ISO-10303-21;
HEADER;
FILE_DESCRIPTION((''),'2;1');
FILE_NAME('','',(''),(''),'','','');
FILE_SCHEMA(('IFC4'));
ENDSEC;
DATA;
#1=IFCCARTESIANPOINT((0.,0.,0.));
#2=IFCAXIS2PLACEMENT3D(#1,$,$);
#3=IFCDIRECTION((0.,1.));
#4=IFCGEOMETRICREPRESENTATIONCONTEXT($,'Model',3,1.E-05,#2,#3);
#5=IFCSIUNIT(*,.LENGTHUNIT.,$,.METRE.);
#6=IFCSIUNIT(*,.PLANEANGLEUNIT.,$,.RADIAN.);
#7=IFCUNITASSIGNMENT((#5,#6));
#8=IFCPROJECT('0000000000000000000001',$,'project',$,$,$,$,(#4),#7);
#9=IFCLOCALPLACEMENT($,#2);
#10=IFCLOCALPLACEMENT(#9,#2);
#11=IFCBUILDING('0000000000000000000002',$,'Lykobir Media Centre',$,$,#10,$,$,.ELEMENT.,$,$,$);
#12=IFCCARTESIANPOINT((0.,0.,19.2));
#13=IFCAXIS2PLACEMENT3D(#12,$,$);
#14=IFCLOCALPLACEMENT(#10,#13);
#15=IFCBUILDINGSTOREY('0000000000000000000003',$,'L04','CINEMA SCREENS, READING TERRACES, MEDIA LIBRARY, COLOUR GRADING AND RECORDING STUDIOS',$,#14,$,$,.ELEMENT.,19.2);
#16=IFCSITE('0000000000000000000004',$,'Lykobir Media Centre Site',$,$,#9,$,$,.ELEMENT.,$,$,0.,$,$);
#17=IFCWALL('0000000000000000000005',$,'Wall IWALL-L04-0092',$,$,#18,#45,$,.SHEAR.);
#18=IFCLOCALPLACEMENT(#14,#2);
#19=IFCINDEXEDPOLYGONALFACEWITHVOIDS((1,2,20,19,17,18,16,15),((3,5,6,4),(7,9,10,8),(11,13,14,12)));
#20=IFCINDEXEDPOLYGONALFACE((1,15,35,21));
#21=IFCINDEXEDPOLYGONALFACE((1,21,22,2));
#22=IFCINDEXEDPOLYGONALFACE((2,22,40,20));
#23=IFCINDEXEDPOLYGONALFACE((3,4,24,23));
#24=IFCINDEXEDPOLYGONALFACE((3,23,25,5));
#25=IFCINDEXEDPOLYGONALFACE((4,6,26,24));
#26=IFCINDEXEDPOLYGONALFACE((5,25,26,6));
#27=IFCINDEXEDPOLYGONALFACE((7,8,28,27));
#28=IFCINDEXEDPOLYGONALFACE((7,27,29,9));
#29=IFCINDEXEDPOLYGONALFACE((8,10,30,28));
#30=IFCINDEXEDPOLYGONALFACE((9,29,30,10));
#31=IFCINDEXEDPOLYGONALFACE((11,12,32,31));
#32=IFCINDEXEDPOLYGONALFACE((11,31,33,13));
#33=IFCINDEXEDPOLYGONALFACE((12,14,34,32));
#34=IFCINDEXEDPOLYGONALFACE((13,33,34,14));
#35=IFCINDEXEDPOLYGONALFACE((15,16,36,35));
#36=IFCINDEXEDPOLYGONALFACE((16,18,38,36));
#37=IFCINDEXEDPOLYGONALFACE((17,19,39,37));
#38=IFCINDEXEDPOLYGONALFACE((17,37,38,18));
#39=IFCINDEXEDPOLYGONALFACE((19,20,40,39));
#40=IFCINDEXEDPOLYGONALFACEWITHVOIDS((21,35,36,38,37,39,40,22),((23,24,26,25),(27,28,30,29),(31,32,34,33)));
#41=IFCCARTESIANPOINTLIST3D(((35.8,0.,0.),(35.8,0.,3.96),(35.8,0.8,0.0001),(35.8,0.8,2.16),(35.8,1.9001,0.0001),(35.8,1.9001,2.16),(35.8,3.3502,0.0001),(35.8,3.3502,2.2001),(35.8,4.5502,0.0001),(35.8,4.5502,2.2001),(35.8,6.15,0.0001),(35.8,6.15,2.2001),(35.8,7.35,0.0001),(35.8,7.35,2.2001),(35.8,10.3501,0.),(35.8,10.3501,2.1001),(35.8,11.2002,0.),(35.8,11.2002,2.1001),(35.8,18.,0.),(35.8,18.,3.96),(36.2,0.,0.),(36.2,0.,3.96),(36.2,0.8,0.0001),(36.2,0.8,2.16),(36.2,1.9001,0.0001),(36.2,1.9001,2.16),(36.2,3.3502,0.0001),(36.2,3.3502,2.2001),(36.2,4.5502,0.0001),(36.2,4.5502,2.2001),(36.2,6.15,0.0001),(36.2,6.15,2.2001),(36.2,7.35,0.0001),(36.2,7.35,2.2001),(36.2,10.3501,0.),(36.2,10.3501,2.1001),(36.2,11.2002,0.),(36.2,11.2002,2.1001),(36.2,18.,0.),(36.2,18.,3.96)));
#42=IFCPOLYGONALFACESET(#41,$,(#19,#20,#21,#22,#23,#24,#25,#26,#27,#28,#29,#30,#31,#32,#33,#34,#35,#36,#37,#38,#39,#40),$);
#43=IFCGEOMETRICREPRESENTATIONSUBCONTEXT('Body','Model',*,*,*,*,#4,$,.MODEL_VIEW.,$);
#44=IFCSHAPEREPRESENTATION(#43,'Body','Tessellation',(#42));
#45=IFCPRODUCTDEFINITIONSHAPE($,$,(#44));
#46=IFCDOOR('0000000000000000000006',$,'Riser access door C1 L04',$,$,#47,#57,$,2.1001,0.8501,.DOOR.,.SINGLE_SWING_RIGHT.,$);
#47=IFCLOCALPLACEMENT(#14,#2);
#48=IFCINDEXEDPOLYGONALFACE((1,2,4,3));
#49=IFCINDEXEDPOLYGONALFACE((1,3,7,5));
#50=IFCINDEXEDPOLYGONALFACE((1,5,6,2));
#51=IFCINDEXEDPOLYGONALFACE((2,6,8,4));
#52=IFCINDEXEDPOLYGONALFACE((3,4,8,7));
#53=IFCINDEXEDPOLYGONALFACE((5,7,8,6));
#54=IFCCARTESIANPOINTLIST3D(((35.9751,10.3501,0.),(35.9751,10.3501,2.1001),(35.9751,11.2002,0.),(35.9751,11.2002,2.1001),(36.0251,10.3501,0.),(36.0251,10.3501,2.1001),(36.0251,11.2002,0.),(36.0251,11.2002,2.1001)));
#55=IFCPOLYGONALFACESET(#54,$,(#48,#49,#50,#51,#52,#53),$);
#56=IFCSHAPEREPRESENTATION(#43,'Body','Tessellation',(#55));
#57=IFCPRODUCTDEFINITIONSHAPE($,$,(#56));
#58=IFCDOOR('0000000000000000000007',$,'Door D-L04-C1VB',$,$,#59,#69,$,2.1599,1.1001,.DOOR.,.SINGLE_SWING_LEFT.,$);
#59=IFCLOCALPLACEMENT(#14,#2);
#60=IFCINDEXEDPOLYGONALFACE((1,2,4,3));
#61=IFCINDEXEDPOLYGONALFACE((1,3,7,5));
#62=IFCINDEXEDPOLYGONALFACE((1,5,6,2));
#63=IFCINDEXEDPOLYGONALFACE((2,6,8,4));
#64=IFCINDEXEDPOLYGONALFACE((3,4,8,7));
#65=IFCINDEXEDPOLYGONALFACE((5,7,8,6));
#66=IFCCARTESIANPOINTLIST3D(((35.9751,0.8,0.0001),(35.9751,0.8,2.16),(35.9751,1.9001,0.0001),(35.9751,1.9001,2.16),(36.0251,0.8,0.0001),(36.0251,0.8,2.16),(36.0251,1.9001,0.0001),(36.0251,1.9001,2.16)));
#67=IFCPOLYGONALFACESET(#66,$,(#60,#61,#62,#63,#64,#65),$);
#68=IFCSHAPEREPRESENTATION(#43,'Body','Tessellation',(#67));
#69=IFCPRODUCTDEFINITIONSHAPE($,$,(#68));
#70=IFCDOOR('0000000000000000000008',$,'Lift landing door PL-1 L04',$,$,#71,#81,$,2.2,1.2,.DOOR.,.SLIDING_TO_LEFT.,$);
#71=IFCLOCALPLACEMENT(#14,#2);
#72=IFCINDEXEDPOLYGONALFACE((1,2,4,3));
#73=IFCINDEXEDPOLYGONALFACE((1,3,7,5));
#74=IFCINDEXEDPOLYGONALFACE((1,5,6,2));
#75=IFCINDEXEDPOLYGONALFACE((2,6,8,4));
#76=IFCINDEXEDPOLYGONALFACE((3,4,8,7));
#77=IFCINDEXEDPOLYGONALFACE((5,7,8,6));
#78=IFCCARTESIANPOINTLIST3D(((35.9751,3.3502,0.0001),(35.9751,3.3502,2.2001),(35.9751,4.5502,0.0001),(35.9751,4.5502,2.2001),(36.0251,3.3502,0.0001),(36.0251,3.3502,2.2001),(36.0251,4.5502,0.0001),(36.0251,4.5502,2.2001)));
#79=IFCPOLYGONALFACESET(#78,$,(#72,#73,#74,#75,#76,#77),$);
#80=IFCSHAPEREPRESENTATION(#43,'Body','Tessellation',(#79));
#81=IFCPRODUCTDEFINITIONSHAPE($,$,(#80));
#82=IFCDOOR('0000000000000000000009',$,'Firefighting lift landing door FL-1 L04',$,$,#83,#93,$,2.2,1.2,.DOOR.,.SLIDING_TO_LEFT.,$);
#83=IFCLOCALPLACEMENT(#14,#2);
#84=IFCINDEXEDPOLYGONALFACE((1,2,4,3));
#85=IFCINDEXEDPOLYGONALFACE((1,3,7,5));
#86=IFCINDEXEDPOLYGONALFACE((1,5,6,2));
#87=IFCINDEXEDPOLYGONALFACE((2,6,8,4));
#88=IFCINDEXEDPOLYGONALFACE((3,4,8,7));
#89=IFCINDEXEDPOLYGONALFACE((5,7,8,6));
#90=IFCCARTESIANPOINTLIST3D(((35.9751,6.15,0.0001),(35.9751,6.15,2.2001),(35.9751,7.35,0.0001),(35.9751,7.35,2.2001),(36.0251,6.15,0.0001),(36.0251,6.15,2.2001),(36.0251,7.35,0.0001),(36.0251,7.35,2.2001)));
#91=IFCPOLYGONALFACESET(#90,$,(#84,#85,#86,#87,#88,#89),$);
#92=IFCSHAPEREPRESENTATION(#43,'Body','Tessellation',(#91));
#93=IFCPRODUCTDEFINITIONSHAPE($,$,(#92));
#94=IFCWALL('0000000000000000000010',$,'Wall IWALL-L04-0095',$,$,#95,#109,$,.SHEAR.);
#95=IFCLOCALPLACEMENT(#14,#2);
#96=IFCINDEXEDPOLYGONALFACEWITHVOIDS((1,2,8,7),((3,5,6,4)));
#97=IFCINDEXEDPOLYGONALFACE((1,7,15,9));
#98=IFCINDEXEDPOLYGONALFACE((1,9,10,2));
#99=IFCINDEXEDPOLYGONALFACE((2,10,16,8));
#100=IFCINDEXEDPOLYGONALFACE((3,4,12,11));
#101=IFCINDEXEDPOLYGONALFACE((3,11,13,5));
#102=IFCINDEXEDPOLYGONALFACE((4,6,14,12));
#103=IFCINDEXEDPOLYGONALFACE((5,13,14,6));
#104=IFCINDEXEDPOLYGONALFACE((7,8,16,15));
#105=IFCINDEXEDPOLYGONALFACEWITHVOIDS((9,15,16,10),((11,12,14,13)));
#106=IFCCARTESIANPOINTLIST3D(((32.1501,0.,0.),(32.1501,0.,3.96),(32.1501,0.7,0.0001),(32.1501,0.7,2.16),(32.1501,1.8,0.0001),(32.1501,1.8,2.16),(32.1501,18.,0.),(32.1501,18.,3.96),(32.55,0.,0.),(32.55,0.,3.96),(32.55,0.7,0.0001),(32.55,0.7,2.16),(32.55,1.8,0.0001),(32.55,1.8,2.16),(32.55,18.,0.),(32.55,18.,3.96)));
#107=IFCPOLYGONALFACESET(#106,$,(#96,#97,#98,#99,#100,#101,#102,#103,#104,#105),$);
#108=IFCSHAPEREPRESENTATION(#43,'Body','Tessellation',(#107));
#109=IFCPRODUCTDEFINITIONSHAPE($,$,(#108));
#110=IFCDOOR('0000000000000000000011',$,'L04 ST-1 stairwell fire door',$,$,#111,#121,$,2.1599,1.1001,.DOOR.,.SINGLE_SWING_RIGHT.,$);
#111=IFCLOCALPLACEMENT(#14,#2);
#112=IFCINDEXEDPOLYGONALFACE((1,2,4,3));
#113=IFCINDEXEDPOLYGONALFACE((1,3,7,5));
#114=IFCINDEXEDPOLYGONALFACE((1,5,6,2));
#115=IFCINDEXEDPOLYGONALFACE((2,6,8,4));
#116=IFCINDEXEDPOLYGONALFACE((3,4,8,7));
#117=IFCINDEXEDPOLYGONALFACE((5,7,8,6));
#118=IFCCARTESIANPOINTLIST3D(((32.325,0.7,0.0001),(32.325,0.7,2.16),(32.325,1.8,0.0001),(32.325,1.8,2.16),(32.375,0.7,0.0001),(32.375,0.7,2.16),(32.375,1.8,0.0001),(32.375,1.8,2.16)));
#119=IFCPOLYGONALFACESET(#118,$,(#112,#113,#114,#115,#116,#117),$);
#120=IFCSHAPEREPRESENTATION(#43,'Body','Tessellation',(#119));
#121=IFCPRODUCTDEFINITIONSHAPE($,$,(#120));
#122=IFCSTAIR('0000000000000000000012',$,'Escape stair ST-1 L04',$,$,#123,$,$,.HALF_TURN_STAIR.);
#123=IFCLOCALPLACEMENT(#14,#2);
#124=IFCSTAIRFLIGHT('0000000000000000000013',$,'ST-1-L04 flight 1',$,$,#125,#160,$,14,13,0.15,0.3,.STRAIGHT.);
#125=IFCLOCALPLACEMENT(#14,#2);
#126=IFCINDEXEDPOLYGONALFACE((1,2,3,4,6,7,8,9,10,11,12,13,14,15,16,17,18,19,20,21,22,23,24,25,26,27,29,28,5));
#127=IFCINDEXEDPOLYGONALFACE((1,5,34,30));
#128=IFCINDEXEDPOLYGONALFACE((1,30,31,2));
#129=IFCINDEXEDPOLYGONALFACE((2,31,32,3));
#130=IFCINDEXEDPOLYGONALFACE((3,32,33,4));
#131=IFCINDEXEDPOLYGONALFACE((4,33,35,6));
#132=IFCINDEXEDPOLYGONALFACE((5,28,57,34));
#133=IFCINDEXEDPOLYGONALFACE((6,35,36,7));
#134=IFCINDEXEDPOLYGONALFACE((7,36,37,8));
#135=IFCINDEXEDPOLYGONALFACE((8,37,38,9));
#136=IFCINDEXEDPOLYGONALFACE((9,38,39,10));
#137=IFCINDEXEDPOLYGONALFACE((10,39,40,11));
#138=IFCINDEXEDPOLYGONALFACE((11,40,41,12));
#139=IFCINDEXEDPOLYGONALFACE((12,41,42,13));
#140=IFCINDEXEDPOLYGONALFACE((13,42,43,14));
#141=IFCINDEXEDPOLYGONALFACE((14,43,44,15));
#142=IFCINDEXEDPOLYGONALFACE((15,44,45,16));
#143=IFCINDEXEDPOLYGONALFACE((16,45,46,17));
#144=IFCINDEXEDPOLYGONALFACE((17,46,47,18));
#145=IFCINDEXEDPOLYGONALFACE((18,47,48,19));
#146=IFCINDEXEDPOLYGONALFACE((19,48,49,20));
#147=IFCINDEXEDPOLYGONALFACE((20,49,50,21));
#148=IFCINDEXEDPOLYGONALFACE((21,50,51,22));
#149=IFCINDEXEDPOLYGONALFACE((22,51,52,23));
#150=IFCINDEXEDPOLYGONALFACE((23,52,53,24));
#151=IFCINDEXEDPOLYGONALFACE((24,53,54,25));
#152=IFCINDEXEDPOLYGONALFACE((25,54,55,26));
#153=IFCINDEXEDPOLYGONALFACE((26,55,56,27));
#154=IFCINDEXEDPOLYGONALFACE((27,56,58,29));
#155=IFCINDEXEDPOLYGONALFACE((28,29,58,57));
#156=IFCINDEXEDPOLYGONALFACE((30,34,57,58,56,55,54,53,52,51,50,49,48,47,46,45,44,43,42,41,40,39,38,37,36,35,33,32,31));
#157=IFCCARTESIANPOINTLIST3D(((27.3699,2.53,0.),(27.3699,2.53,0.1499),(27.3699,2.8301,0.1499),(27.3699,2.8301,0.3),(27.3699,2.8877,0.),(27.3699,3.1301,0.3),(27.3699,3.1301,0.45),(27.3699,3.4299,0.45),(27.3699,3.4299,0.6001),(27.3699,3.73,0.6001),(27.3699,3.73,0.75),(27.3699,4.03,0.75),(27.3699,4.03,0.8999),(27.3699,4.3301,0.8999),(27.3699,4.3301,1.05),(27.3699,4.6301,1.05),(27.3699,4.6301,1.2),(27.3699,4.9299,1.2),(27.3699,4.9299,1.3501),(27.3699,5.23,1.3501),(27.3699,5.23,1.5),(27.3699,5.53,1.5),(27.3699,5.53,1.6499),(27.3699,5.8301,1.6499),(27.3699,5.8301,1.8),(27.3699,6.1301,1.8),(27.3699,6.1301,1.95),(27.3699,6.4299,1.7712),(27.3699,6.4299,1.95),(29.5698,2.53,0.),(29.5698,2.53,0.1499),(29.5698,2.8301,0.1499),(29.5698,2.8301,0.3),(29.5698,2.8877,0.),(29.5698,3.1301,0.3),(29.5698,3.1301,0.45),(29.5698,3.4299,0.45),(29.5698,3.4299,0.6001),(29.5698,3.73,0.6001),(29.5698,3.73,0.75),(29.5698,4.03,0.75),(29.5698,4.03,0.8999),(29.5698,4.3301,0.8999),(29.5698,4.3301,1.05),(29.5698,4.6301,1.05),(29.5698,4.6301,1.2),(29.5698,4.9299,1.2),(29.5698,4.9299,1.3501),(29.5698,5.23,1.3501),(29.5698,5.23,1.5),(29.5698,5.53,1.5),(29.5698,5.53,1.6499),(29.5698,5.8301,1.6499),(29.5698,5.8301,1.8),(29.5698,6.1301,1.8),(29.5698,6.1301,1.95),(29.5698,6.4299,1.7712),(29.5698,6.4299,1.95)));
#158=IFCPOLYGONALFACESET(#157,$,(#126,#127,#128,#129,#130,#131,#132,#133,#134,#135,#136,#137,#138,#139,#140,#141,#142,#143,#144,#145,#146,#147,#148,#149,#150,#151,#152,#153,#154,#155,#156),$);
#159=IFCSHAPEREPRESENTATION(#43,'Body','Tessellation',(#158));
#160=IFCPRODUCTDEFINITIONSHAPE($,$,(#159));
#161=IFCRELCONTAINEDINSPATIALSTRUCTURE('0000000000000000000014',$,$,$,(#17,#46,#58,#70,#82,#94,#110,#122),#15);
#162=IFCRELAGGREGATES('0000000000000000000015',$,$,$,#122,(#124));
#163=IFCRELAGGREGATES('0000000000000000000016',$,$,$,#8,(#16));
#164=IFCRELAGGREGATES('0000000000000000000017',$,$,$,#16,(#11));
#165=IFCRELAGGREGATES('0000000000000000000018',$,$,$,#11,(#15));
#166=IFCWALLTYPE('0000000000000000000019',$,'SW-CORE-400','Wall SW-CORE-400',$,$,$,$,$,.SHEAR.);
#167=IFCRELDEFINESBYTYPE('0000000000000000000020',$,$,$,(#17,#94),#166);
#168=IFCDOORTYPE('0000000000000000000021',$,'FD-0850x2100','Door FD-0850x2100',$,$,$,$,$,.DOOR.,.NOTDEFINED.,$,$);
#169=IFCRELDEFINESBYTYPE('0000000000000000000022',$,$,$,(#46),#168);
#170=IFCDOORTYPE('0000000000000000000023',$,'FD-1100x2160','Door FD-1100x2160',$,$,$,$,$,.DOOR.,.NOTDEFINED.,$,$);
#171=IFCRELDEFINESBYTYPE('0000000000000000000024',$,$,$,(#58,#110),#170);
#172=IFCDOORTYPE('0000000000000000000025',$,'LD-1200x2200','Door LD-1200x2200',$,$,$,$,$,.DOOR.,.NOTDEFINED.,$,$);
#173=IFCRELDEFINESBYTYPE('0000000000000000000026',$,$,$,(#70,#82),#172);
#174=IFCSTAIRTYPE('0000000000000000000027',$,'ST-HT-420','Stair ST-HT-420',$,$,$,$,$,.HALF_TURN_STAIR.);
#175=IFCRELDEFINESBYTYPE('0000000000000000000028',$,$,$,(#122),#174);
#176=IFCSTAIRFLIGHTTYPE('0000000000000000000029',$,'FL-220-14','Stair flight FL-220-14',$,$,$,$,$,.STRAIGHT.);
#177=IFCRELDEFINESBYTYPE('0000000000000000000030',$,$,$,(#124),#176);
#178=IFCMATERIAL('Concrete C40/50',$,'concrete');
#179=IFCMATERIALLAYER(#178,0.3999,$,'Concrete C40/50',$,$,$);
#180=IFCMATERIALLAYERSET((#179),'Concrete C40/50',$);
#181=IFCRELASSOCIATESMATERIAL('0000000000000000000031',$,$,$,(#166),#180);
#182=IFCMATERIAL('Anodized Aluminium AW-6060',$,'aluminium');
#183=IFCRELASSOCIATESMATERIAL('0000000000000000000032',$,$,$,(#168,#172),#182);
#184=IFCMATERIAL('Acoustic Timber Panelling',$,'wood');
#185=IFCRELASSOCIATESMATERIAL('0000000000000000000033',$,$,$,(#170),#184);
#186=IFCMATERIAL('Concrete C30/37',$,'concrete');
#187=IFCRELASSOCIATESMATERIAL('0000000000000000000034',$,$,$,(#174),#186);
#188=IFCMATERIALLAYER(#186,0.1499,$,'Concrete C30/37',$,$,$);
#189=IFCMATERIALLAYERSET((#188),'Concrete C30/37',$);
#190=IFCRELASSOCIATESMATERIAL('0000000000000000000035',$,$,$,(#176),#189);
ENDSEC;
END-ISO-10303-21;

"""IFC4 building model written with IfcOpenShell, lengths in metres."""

from ifc_helpers import new_model, si_unit, direction, frame, frame_2d, origin, place, context, subcontext, project, spatial, polyline, rectangle, outline, extrude, material, layer, layer_set, type_object, element, fill, aggregate, save


model = new_model("IFC4")

# Units and contexts
model_context = context("Model", 3, precision=1e-05, world=origin(), true_north=direction((0.0, 1.0)))
body_context = subcontext(model_context, "Body", "Model", "MODEL_VIEW")
ifc_project = project(units=[si_unit("LENGTHUNIT", "METRE"), si_unit("PLANEANGLEUNIT", "RADIAN")], contexts=[model_context])

# Site, building, storey
site_placement = place(None, origin())
site = spatial("IfcSite", under=ifc_project, at=site_placement, Name="Lykobir Media Centre Site", CompositionType="ELEMENT", RefElevation=0.0)
building_placement = place(site_placement, origin())
building = spatial("IfcBuilding", under=site, at=building_placement, Name="Lykobir Media Centre", CompositionType="ELEMENT")
storey_placement = place(building_placement, frame((0.0, 0.0, 19.2)))
storey = spatial("IfcBuildingStorey", under=building, at=storey_placement, Name="L04", Description="CINEMA SCREENS, READING TERRACES, MEDIA LIBRARY, COLOUR GRADING AND RECORDING STUDIOS", CompositionType="ELEMENT", Elevation=19.2)

# Shared definitions
ifc_material_1 = material(Name="Concrete C40/50", Category="concrete")

# Shared definitions
ifc_material_2 = material(Name="Concrete C30/37", Category="concrete")

# Wall, openings, doors
ifc_layer_1 = layer(ifc_material_1, 0.3999, Name="Concrete C40/50")
ifc_layer_set_1 = layer_set([ifc_layer_1], Name="Concrete C40/50")
wall_type_1 = type_object("IfcWallType", Name="SW-CORE-400", Description="Wall SW-CORE-400", PredefinedType="SHEAR", material=ifc_layer_set_1)
wall_1_placement = place(storey_placement, frame((36.0, 0.0, 0.0), z_axis=(0.0, 0.0, 1.0), x_axis=(0.0, 1.0, 0.0)))
wall_1 = element("IfcWall", 1, at=wall_1_placement, inside=storey, type_object=wall_type_1, Name="Wall IWALL-L04-0092", PredefinedType="SHEAR", context=body_context, shape_type="SweptSolid", body=[
    extrude(rectangle(XDim=18.0, YDim=0.3999, at=frame_2d((9.0, 0.0))), origin(), (0.0, 0.0, 1.0), 3.96),
])
opening_1_placement = place(wall_1_placement, frame((0.8, 0.0, 0.0)))
opening_1 = element("IfcOpeningElement", 2, at=opening_1_placement, cuts=wall_1, PredefinedType="OPENING", context=body_context, shape_type="SweptSolid", body=[
    extrude(rectangle(XDim=1.1001, YDim=2.1599, at=frame_2d((0.55, 1.0801))), frame((0.0, 0.21, 0.0), z_axis=(0.0, -1.0, 0.0), x_axis=(1.0, 0.0, 0.0)), (0.0, 0.0, 1.0), 0.4199),
])
opening_2_placement = place(wall_1_placement, frame((3.3501, 0.0, 0.0)))
opening_2 = element("IfcOpeningElement", 3, at=opening_2_placement, cuts=wall_1, PredefinedType="OPENING", context=body_context, shape_type="SweptSolid", body=[
    extrude(rectangle(XDim=1.2, YDim=2.2, at=frame_2d((0.6001, 1.1001))), frame((0.0, 0.21, 0.0), z_axis=(0.0, -1.0, 0.0), x_axis=(1.0, 0.0, 0.0)), (0.0, 0.0, 1.0), 0.4199),
])
opening_3_placement = place(wall_1_placement, frame((6.1499, 0.0, 0.0)))
opening_3 = element("IfcOpeningElement", 4, at=opening_3_placement, cuts=wall_1, PredefinedType="OPENING", context=body_context, shape_type="SweptSolid", body=[
    extrude(rectangle(XDim=1.2, YDim=2.2, at=frame_2d((0.6001, 1.1001))), frame((0.0, 0.21, 0.0), z_axis=(0.0, -1.0, 0.0), x_axis=(1.0, 0.0, 0.0)), (0.0, 0.0, 1.0), 0.4199),
])
opening_4_placement = place(wall_1_placement, frame((10.3501, 0.0, 0.0)))
opening_4 = element("IfcOpeningElement", 5, at=opening_4_placement, cuts=wall_1, PredefinedType="OPENING", context=body_context, shape_type="SweptSolid", body=[
    extrude(rectangle(XDim=0.8501, YDim=2.1001, at=frame_2d((0.425, 1.05))), frame((0.0, 0.21, 0.0), z_axis=(0.0, -1.0, 0.0), x_axis=(1.0, 0.0, 0.0)), (0.0, 0.0, 1.0), 0.4199),
])
ifc_material_3 = material(Name="Anodized Aluminium AW-6060", Category="aluminium")
door_type_1 = type_object("IfcDoorType", Name="FD-0850x2100", Description="Door FD-0850x2100", OperationType="NOTDEFINED", PredefinedType="DOOR", material=ifc_material_3)
door_1_placement = place(opening_4_placement, origin())
door_1 = element("IfcDoor", 6, at=door_1_placement, inside=storey, type_object=door_type_1, Name="Riser access door C1 L04", OperationType="SINGLE_SWING_RIGHT", OverallHeight=2.1001, OverallWidth=0.8501, PredefinedType="DOOR", context=body_context, shape_type="SweptSolid", body=[
    extrude(rectangle(XDim=0.8501, YDim=2.1001, at=frame_2d((0.425, 1.05))), frame((0.0, 0.0249, 0.0), z_axis=(0.0, -1.0, 0.0), x_axis=(1.0, 0.0, 0.0)), (0.0, 0.0, 1.0), 0.05),
])
fill(opening_4, door_1)
ifc_material_4 = material(Name="Acoustic Timber Panelling", Category="wood")
door_type_2 = type_object("IfcDoorType", Name="FD-1100x2160", Description="Door FD-1100x2160", OperationType="NOTDEFINED", PredefinedType="DOOR", material=ifc_material_4)
door_2_placement = place(opening_1_placement, origin())
door_2 = element("IfcDoor", 7, at=door_2_placement, inside=storey, type_object=door_type_2, Name="Door D-L04-C1VB", OperationType="SINGLE_SWING_LEFT", OverallHeight=2.1599, OverallWidth=1.1001, PredefinedType="DOOR", context=body_context, shape_type="SweptSolid", body=[
    extrude(rectangle(XDim=1.1001, YDim=2.1599, at=frame_2d((0.55, 1.0801))), frame((0.0, 0.0249, 0.0), z_axis=(0.0, -1.0, 0.0), x_axis=(1.0, 0.0, 0.0)), (0.0, 0.0, 1.0), 0.05),
])
fill(opening_1, door_2)
door_type_3 = type_object("IfcDoorType", Name="LD-1200x2200", Description="Door LD-1200x2200", OperationType="NOTDEFINED", PredefinedType="DOOR", material=ifc_material_3)
door_3_placement = place(opening_2_placement, origin())
door_3 = element("IfcDoor", 8, at=door_3_placement, inside=storey, type_object=door_type_3, Name="Lift landing door PL-1 L04", OperationType="SLIDING_TO_LEFT", OverallHeight=2.2, OverallWidth=1.2, PredefinedType="DOOR", context=body_context, shape_type="SweptSolid", body=[
    extrude(rectangle(XDim=1.2, YDim=2.2, at=frame_2d((0.6001, 1.1001))), frame((0.0, 0.0249, 0.0), z_axis=(0.0, -1.0, 0.0), x_axis=(1.0, 0.0, 0.0)), (0.0, 0.0, 1.0), 0.05),
])
fill(opening_2, door_3)
door_4_placement = place(opening_3_placement, origin())
door_4 = element("IfcDoor", 9, at=door_4_placement, inside=storey, type_object=door_type_3, Name="Firefighting lift landing door FL-1 L04", OperationType="SLIDING_TO_LEFT", OverallHeight=2.2, OverallWidth=1.2, PredefinedType="DOOR", context=body_context, shape_type="SweptSolid", body=[
    extrude(rectangle(XDim=1.2, YDim=2.2, at=frame_2d((0.6001, 1.1001))), frame((0.0, 0.0249, 0.0), z_axis=(0.0, -1.0, 0.0), x_axis=(1.0, 0.0, 0.0)), (0.0, 0.0, 1.0), 0.05),
])
fill(opening_3, door_4)

# Wall, opening, door
wall_2_placement = place(storey_placement, frame((32.3501, 0.0, 0.0), z_axis=(0.0, 0.0, 1.0), x_axis=(0.0, 1.0, 0.0)))
wall_2 = element("IfcWall", 10, at=wall_2_placement, inside=storey, type_object=wall_type_1, Name="Wall IWALL-L04-0095", PredefinedType="SHEAR", context=body_context, shape_type="SweptSolid", body=[
    extrude(rectangle(XDim=18.0, YDim=0.3999, at=frame_2d((9.0, 0.0))), origin(), (0.0, 0.0, 1.0), 3.96),
])
opening_5_placement = place(wall_2_placement, frame((0.7, 0.0, 0.0)))
opening_5 = element("IfcOpeningElement", 11, at=opening_5_placement, cuts=wall_2, PredefinedType="OPENING", context=body_context, shape_type="SweptSolid", body=[
    extrude(rectangle(XDim=1.1001, YDim=2.1599, at=frame_2d((0.55, 1.0801))), frame((0.0, 0.21, 0.0), z_axis=(0.0, -1.0, 0.0), x_axis=(1.0, 0.0, 0.0)), (0.0, 0.0, 1.0), 0.4199),
])
door_5_placement = place(opening_5_placement, frame((1.1001, 0.0, 0.0), z_axis=(0.0, 0.0, 1.0), x_axis=(-1.0, 0.0, 0.0)))
door_5 = element("IfcDoor", 12, at=door_5_placement, inside=storey, type_object=door_type_2, Name="L04 ST-1 stairwell fire door", OperationType="SINGLE_SWING_RIGHT", OverallHeight=2.1599, OverallWidth=1.1001, PredefinedType="DOOR", context=body_context, shape_type="SweptSolid", body=[
    extrude(rectangle(XDim=1.1001, YDim=2.1599, at=frame_2d((0.55, 1.0801))), frame((0.0, 0.0249, 0.0), z_axis=(0.0, -1.0, 0.0), x_axis=(1.0, 0.0, 0.0)), (0.0, 0.0, 1.0), 0.05),
])
fill(opening_5, door_5)

# Stair, stair flight
stair_type = type_object("IfcStairType", Name="ST-HT-420", Description="Stair ST-HT-420", PredefinedType="HALF_TURN_STAIR", material=ifc_material_2)
stair_placement = place(storey_placement, origin())
stair = element("IfcStair", 13, at=stair_placement, inside=storey, type_object=stair_type, Name="Escape stair ST-1 L04", PredefinedType="HALF_TURN_STAIR")
ifc_layer_2 = layer(ifc_material_2, 0.1499, Name="Concrete C30/37")
ifc_layer_set_2 = layer_set([ifc_layer_2], Name="Concrete C30/37")
stair_flight_type = type_object("IfcStairFlightType", Name="FL-220-14", Description="Stair flight FL-220-14", PredefinedType="STRAIGHT", material=ifc_layer_set_2)
stair_flight_1_placement = place(storey_placement, frame((28.47, 2.53, 0.0), z_axis=(0.0, 0.0, 1.0), x_axis=(0.0, 1.0, 0.0)))
stair_flight_1 = element("IfcStairFlight", 14, at=stair_flight_1_placement, type_object=stair_flight_type, Name="ST-1-L04 flight 1", NumberOfRisers=14, NumberOfTreads=13, PredefinedType="STRAIGHT", RiserHeight=0.15, TreadLength=0.3, context=body_context, shape_type="SweptSolid", body=[
    extrude(outline(polyline([(0.0, 0.0), (0.0, 0.1499), (0.3, 0.1499), (0.3, 0.3), (0.6001, 0.3), (0.6001, 0.45), (0.8999, 0.45), (0.8999, 0.6001), (1.2, 0.6001), (1.2, 0.75), (1.5, 0.75), (1.5, 0.8999), (1.8, 0.8999), (1.8, 1.05), (2.1001, 1.05), (2.1001, 1.2), (2.3999, 1.2), (2.3999, 1.3501), (2.7, 1.3501), (2.7, 1.5), (3.0, 1.5), (3.0, 1.6499), (3.3, 1.6499), (3.3, 1.8), (3.6001, 1.8), (3.6001, 1.95), (3.8999, 1.95), (3.8999, 2.1001), (3.8999, 1.7712), (0.3577, 0.0), (0.0, 0.0)])), frame((0.0, 1.1001, 0.0), z_axis=(0.0, -1.0, 0.0), x_axis=(1.0, 0.0, 0.0)), (0.0, 0.0, 1.0), 2.2),
])
aggregate(stair, [stair_flight_1])

save(model, "model.ifc")
